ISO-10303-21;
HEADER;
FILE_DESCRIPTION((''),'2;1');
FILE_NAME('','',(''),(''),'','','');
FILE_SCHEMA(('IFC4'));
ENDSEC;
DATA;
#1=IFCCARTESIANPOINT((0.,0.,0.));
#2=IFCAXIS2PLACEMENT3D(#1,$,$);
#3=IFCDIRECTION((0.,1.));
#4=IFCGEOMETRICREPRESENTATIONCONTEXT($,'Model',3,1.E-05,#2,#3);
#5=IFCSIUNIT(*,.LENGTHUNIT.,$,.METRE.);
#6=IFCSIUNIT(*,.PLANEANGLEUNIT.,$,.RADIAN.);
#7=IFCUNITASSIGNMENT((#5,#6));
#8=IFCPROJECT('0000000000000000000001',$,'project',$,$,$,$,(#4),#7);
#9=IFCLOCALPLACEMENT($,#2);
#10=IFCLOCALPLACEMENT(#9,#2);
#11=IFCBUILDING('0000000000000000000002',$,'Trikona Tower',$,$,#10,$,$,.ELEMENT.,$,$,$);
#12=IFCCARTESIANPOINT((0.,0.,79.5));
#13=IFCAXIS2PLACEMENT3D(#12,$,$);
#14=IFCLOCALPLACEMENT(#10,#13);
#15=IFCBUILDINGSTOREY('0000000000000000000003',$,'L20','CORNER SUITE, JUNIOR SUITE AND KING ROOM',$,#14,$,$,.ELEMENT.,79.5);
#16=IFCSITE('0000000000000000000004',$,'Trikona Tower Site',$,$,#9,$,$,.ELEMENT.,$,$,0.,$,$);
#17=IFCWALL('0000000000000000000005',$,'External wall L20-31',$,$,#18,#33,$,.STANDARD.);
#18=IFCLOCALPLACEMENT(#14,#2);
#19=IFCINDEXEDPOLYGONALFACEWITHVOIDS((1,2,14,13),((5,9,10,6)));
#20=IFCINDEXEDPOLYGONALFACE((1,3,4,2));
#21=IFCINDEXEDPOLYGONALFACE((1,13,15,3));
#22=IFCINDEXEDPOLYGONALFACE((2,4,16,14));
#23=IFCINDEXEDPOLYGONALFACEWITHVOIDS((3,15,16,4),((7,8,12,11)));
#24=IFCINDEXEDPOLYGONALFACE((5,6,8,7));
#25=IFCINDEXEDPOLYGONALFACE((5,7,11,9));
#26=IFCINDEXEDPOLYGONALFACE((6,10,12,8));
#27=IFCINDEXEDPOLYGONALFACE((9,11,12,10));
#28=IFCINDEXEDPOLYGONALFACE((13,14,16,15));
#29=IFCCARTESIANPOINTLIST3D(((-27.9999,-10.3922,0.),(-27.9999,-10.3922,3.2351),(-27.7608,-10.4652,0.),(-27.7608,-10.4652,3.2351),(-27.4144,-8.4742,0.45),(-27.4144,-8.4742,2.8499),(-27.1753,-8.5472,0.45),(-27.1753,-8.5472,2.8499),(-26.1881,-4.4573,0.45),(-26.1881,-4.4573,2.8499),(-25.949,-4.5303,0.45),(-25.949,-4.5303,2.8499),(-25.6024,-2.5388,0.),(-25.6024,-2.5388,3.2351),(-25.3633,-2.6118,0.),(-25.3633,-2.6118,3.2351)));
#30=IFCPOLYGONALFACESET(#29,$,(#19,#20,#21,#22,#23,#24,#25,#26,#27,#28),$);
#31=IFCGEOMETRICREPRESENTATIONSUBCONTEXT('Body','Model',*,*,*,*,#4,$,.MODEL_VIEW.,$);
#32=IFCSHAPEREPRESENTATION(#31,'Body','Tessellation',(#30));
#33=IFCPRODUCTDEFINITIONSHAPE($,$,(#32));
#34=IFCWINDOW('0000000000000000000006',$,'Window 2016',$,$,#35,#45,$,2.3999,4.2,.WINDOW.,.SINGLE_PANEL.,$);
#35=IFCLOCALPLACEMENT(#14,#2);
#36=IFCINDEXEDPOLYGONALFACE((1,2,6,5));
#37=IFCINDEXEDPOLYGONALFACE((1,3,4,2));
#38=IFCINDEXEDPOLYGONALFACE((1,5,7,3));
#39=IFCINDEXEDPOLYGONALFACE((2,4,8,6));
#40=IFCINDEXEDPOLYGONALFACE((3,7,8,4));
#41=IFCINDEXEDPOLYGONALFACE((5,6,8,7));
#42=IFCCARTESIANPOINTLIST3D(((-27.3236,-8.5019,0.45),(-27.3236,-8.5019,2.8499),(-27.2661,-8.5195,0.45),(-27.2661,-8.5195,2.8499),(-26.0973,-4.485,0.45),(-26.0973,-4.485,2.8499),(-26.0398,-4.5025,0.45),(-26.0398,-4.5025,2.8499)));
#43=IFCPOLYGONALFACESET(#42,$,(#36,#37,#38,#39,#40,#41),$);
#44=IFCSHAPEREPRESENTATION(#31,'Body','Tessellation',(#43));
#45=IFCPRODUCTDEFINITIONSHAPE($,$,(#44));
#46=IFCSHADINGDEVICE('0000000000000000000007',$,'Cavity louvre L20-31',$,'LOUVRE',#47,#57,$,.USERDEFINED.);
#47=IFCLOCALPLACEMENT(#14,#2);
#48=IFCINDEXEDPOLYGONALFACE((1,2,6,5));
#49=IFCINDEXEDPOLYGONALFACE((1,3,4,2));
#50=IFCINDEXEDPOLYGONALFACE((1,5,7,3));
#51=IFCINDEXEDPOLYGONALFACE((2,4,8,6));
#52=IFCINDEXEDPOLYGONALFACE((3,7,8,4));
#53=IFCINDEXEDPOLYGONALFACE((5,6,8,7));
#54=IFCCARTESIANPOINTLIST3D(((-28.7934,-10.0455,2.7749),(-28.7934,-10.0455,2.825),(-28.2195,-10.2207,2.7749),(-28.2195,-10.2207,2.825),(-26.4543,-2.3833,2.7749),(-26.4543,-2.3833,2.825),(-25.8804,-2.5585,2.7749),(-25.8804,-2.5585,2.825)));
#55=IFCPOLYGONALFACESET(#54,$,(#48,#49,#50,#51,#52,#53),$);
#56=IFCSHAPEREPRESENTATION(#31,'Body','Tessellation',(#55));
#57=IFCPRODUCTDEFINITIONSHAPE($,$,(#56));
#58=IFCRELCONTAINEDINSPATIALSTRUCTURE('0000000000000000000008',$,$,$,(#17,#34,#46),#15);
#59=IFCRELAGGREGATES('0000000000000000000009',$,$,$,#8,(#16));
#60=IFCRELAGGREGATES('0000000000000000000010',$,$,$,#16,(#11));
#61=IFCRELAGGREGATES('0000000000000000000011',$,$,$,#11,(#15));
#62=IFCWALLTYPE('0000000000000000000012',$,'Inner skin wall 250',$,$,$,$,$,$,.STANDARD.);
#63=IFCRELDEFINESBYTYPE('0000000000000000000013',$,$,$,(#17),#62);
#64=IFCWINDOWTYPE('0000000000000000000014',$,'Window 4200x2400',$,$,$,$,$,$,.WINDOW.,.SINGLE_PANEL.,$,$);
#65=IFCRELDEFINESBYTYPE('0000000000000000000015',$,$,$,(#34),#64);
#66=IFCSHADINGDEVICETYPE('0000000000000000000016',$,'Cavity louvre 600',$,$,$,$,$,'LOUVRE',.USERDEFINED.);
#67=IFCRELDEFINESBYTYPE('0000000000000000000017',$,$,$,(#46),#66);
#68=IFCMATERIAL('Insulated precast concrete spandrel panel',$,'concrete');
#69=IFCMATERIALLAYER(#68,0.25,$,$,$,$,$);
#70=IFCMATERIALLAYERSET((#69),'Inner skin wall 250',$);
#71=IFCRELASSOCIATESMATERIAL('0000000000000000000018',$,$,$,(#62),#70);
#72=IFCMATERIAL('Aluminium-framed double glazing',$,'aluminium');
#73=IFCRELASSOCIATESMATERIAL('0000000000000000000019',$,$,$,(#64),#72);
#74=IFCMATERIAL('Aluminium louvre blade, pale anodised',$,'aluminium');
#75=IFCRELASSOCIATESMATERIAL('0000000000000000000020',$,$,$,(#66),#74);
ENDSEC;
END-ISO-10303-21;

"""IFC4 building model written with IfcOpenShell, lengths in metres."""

from ifc_helpers import new_model, si_unit, direction, frame, frame_2d, origin, origin_2d, place, context, subcontext, project, spatial, rectangle, extrude, material, layer, layer_set, type_object, element, fill, save


model = new_model("IFC4")

# Units and contexts
model_context = context("Model", 3, precision=1e-05, world=origin(), true_north=direction((0.0, 1.0)))
body_context = subcontext(model_context, "Body", "Model", "MODEL_VIEW")
ifc_project = project(units=[si_unit("LENGTHUNIT", "METRE"), si_unit("PLANEANGLEUNIT", "RADIAN")], contexts=[model_context])

# Site, building, storey
site_placement = place(None, origin())
site = spatial("IfcSite", under=ifc_project, at=site_placement, Name="Trikona Tower Site", CompositionType="ELEMENT", RefElevation=0.0)
building_placement = place(site_placement, origin())
building = spatial("IfcBuilding", under=site, at=building_placement, Name="Trikona Tower", CompositionType="ELEMENT")
storey_placement = place(building_placement, frame((0.0, 0.0, 79.5)))
storey = spatial("IfcBuildingStorey", under=building, at=storey_placement, Name="L20", Description="CORNER SUITE, JUNIOR SUITE AND KING ROOM", CompositionType="ELEMENT", Elevation=79.5)

# Wall, opening, window
ifc_material_1 = material(Name="Insulated precast concrete spandrel panel", Category="concrete")
ifc_layer_1 = layer(ifc_material_1, 0.25)
ifc_layer_set_1 = layer_set([ifc_layer_1], Name="Inner skin wall 250")
wall_type_1 = type_object("IfcWallType", Name="Inner skin wall 250", PredefinedType="STANDARD", material=ifc_layer_set_1)
wall_1_placement = place(storey_placement, frame((-25.4829, -2.5754, 0.0), z_axis=(0.0, 0.0, 1.0), x_axis=(-0.291979, -0.956425, 0.0)))
wall_1 = element("IfcWall", 1, at=wall_1_placement, inside=storey, type_object=wall_type_1, Name="External wall L20-31", PredefinedType="STANDARD", context=body_context, shape_type="SweptSolid", body=[
    extrude(rectangle(XDim=8.2112, YDim=0.25, at=frame_2d((4.1055, 0.0))), origin(), (0.0, 0.0, 1.0), 3.2351),
])
opening_1_placement = place(wall_1_placement, frame((2.0056, 0.0, 0.45)))
opening_1 = element("IfcOpeningElement", 2, at=opening_1_placement, cuts=wall_1, PredefinedType="OPENING", context=body_context, shape_type="SweptSolid", body=[
    extrude(rectangle(XDim=4.2, YDim=2.3999, at=frame_2d((2.1001, 1.2))), frame((0.0, 0.135, 0.0), z_axis=(0.0, -1.0, 0.0), x_axis=(1.0, 0.0, 0.0)), (0.0, 0.0, 1.0), 0.27),
])
ifc_material_2 = material(Name="Aluminium-framed double glazing", Category="aluminium")
window_type_1 = type_object("IfcWindowType", Name="Window 4200x2400", PartitioningType="SINGLE_PANEL", PredefinedType="WINDOW", material=ifc_material_2)
window_1_placement = place(opening_1_placement, origin())
window_1 = element("IfcWindow", 3, at=window_1_placement, inside=storey, type_object=window_type_1, Name="Window 2016", OverallHeight=2.3999, OverallWidth=4.2, PartitioningType="SINGLE_PANEL", PredefinedType="WINDOW", context=body_context, shape_type="SweptSolid", body=[
    extrude(rectangle(XDim=4.2, YDim=2.3999, at=frame_2d((2.1001, 1.2))), frame((0.0, 0.03, 0.0), z_axis=(0.0, -1.0, 0.0), x_axis=(1.0, 0.0, 0.0)), (0.0, 0.0, 1.0), 0.0601),
])
fill(opening_1, window_1)

# Shading device
ifc_material_3 = material(Name="Aluminium louvre blade, pale anodised", Category="aluminium")
shading_device_type = type_object("IfcShadingDeviceType", Name="Cavity louvre 600", ElementType="LOUVRE", PredefinedType="USERDEFINED", material=ifc_material_3)
shading_device_placement = place(storey_placement, frame((-27.3369, -6.302, 2.7749), z_axis=(0.0, 0.0, 1.0), x_axis=(-0.291979, -0.956425, 0.0)))
element("IfcShadingDevice", 4, at=shading_device_placement, inside=storey, type_object=shading_device_type, Name="Cavity louvre L20-31", ObjectType="LOUVRE", PredefinedType="USERDEFINED", context=body_context, shape_type="SweptSolid", body=[
    extrude(rectangle(XDim=8.0112, YDim=0.6001, at=origin_2d()), origin(), (0.0, 0.0, 1.0), 0.05),
])

save(model, "model.ifc")
